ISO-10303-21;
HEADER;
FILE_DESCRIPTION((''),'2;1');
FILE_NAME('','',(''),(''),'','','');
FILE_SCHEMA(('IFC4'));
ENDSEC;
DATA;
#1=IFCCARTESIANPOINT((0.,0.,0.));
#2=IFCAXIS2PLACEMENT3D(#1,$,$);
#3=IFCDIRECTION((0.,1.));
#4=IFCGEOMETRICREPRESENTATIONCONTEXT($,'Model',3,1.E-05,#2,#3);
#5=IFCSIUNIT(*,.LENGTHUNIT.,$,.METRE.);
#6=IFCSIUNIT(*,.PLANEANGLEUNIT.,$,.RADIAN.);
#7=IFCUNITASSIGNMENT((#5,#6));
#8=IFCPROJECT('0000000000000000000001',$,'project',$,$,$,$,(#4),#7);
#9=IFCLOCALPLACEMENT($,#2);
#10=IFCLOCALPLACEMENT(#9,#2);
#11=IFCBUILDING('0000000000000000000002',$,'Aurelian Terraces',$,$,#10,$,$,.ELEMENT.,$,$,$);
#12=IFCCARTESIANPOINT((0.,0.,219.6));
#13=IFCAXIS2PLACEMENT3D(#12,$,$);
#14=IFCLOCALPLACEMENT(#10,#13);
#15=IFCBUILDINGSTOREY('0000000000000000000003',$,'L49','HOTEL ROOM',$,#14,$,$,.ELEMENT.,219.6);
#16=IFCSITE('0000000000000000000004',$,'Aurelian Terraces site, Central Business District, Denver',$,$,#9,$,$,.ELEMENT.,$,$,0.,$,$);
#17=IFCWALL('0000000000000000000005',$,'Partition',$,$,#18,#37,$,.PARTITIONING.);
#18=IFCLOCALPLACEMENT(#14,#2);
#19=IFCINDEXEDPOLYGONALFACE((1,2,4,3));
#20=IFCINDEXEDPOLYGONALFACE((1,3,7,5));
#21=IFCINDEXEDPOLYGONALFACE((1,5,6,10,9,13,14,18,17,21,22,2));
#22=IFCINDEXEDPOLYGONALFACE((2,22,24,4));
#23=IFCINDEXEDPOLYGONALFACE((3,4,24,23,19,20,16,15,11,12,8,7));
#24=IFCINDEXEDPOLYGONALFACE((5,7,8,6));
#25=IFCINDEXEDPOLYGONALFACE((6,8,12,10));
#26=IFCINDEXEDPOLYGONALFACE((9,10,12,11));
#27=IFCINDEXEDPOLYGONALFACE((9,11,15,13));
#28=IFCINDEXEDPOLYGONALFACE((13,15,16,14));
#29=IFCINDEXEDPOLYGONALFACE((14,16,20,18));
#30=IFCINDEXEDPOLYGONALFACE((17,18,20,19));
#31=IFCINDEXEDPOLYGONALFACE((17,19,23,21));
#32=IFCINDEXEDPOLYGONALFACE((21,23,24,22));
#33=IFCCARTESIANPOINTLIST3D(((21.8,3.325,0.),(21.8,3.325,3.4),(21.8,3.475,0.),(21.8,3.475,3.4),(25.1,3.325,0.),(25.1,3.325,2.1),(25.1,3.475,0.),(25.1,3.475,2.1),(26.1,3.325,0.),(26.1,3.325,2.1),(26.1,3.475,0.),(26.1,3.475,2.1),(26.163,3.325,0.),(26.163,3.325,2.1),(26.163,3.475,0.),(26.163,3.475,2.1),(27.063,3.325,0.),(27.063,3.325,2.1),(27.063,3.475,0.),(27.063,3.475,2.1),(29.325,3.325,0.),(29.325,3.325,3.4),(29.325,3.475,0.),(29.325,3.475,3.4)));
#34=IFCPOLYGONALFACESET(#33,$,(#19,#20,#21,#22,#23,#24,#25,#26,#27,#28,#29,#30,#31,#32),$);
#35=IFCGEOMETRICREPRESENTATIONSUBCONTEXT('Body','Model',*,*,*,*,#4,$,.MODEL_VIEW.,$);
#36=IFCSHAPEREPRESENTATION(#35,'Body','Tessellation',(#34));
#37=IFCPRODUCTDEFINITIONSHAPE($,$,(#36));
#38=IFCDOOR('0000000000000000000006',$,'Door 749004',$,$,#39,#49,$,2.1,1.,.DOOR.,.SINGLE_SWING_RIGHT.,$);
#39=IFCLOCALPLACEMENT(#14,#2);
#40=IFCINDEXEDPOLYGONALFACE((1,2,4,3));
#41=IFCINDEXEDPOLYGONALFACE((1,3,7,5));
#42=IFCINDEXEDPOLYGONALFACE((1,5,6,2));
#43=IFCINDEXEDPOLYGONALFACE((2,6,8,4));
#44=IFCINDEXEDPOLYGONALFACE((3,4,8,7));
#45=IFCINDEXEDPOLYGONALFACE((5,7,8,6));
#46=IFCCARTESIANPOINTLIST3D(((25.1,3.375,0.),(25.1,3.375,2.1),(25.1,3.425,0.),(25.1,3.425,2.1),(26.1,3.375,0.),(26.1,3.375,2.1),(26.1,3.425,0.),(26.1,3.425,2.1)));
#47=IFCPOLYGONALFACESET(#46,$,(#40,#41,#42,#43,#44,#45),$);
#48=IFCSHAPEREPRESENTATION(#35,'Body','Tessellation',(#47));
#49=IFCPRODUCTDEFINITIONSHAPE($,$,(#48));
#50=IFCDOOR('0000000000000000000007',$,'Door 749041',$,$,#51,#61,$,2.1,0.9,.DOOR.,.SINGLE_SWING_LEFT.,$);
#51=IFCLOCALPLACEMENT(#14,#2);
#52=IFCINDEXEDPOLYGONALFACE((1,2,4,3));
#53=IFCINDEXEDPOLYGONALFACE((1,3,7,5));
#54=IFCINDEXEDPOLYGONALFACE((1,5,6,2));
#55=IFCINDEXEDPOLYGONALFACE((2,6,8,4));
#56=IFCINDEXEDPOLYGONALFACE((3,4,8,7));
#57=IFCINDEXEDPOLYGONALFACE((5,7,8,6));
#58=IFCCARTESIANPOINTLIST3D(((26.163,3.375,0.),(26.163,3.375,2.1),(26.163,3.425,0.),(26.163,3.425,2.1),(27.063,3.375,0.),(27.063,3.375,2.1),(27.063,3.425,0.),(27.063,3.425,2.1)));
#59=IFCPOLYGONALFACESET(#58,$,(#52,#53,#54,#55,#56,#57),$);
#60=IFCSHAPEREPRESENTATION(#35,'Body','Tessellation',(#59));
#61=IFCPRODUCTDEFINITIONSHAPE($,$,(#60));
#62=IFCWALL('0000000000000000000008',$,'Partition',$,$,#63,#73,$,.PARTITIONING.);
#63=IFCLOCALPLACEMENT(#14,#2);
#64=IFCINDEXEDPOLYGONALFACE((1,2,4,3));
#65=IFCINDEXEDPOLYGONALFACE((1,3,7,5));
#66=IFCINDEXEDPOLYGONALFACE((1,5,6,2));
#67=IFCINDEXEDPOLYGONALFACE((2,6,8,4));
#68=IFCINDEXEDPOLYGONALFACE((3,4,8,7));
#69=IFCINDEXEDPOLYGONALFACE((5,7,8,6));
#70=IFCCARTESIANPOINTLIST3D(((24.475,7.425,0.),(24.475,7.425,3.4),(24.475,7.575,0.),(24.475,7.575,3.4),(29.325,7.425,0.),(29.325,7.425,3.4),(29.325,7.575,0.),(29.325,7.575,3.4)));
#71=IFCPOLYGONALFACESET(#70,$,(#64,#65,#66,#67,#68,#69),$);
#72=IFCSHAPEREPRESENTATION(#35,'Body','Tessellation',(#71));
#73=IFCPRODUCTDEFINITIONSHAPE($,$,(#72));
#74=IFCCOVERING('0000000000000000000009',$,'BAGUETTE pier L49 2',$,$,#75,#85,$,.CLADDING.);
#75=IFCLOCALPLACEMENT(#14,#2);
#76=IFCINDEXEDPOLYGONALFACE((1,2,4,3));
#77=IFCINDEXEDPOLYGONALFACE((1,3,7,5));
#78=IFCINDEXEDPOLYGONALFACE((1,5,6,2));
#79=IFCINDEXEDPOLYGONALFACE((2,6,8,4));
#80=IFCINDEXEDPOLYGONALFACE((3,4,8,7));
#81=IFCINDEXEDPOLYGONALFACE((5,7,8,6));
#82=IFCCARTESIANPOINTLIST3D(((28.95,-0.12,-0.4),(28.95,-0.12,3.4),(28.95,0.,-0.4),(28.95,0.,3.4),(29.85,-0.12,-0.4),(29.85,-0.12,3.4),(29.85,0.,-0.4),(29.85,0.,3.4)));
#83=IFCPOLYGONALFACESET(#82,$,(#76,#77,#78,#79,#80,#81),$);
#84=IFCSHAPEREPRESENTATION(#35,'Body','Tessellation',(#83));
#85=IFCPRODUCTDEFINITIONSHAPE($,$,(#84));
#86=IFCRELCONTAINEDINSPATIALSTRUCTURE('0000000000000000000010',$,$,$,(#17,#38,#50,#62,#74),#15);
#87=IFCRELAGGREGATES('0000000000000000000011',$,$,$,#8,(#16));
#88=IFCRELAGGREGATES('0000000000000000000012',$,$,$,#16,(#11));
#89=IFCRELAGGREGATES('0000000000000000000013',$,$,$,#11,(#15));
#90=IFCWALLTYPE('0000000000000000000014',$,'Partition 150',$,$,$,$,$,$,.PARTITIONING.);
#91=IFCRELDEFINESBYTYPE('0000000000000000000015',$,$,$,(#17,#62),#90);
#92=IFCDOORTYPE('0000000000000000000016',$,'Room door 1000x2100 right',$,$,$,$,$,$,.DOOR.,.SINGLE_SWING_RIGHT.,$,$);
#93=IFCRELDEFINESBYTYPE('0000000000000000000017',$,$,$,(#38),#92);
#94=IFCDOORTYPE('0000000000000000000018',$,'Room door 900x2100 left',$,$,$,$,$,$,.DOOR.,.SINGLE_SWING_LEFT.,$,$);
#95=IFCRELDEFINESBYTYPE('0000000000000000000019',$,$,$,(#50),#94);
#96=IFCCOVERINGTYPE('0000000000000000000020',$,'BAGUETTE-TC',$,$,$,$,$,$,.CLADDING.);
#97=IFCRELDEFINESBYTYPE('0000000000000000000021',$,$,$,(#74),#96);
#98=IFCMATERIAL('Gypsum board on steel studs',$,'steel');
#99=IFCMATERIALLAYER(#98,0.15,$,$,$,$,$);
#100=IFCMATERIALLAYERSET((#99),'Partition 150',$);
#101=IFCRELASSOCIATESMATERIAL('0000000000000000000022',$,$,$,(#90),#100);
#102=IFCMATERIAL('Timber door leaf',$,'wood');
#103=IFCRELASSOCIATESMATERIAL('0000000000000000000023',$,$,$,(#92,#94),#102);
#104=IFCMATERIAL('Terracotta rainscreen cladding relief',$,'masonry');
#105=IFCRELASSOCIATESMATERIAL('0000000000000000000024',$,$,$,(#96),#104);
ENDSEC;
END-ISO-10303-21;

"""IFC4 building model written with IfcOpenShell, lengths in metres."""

from ifc_helpers import new_model, si_unit, direction, frame, frame_2d, origin, origin_2d, place, context, subcontext, project, spatial, rectangle, extrude, source, transform, mapped, material, layer, layer_set, type_object, element, fill, save


model = new_model("IFC4")

# Units and contexts
model_context = context("Model", 3, precision=1e-05, world=origin(), true_north=direction((0.0, 1.0)))
body_context = subcontext(model_context, "Body", "Model", "MODEL_VIEW")
ifc_project = project(units=[si_unit("LENGTHUNIT", "METRE"), si_unit("PLANEANGLEUNIT", "RADIAN")], contexts=[model_context])

# Site, building, storey
site_placement = place(None, origin())
site = spatial("IfcSite", under=ifc_project, at=site_placement, Name="Aurelian Terraces site, Central Business District, Denver", CompositionType="ELEMENT", RefElevation=0.0)
building_placement = place(site_placement, origin())
building = spatial("IfcBuilding", under=site, at=building_placement, Name="Aurelian Terraces", CompositionType="ELEMENT")
storey_placement = place(building_placement, frame((0.0, 0.0, 219.6)))
storey = spatial("IfcBuildingStorey", under=building, at=storey_placement, Name="L49", Description="HOTEL ROOM", CompositionType="ELEMENT", Elevation=219.6)

# Shared definitions
ifc_material_1 = material(Name="Timber door leaf", Category="wood")
shared_shape_1 = source(origin(), body_context, "Body", "SweptSolid", [
    extrude(rectangle(XDim=1.0, YDim=2.1, at=frame_2d((0.5, 1.05))), frame((0.0, 0.025, 0.0), z_axis=(0.0, -1.0, 0.0), x_axis=(1.0, 0.0, 0.0)), (0.0, 0.0, 1.0), 0.05),
])

# Shared definitions
ifc_material_2 = material(Name="Gypsum board on steel studs", Category="steel")
ifc_layer_1 = layer(ifc_material_2, 0.15)
ifc_layer_set_1 = layer_set([ifc_layer_1], Name="Partition 150")
wall_type_1 = type_object("IfcWallType", Name="Partition 150", PredefinedType="PARTITIONING", material=ifc_layer_set_1)

# Wall, openings, doors
shared_shape_2 = source(origin(), body_context, "Body", "SweptSolid", [
    extrude(rectangle(XDim=7.525, YDim=0.15, at=frame_2d((3.7625, 0.0))), origin(), (0.0, 0.0, 1.0), 3.4),
])
wall_1_placement = place(storey_placement, frame((21.8, 3.4, 0.0), z_axis=(0.0, 0.0, 1.0), x_axis=(1.0, 0.0, 0.0)))
wall_1 = element("IfcWall", 1, at=wall_1_placement, inside=storey, type_object=wall_type_1, Name="Partition", PredefinedType="PARTITIONING", context=body_context, shape_type="MappedRepresentation", body=[
    mapped(shared_shape_2, transform((0.0, 0.0, 0.0), scale=1.0)),
])
shared_shape_3 = source(origin(), body_context, "Body", "SweptSolid", [
    extrude(rectangle(XDim=1.0, YDim=2.1, at=frame_2d((0.5, 1.05))), frame((0.0, 0.085, 0.0), z_axis=(0.0, -1.0, 0.0), x_axis=(1.0, 0.0, 0.0)), (0.0, 0.0, 1.0), 0.17),
])
opening_1_placement = place(wall_1_placement, frame((3.3, 0.0, 0.0)))
opening_1 = element("IfcOpeningElement", 2, at=opening_1_placement, cuts=wall_1, PredefinedType="OPENING", context=body_context, shape_type="MappedRepresentation", body=[
    mapped(shared_shape_3, transform((0.0, 0.0, 0.0), scale=1.0)),
])
shared_shape_4 = source(origin(), body_context, "Body", "SweptSolid", [
    extrude(rectangle(XDim=0.9, YDim=2.1, at=frame_2d((0.45, 1.05))), frame((0.0, 0.085, 0.0), z_axis=(0.0, -1.0, 0.0), x_axis=(1.0, 0.0, 0.0)), (0.0, 0.0, 1.0), 0.17),
])
opening_2_placement = place(wall_1_placement, frame((4.363, 0.0, 0.0)))
opening_2 = element("IfcOpeningElement", 3, at=opening_2_placement, cuts=wall_1, PredefinedType="OPENING", context=body_context, shape_type="MappedRepresentation", body=[
    mapped(shared_shape_4, transform((0.0, 0.0, 0.0), scale=1.0)),
])
door_type_1 = type_object("IfcDoorType", Name="Room door 1000x2100 right", OperationType="SINGLE_SWING_RIGHT", PredefinedType="DOOR", material=ifc_material_1)
door_1_placement = place(opening_1_placement, origin())
door_1 = element("IfcDoor", 4, at=door_1_placement, inside=storey, type_object=door_type_1, Name="Door 749004", OperationType="SINGLE_SWING_RIGHT", OverallHeight=2.1, OverallWidth=1.0, PredefinedType="DOOR", context=body_context, shape_type="MappedRepresentation", body=[
    mapped(shared_shape_1, transform((0.0, 0.0, 0.0), scale=1.0)),
])
fill(opening_1, door_1)
door_type_2 = type_object("IfcDoorType", Name="Room door 900x2100 left", OperationType="SINGLE_SWING_LEFT", PredefinedType="DOOR", material=ifc_material_1)
shared_shape_5 = source(origin(), body_context, "Body", "SweptSolid", [
    extrude(rectangle(XDim=0.9, YDim=2.1, at=frame_2d((0.45, 1.05))), frame((0.0, 0.025, 0.0), z_axis=(0.0, -1.0, 0.0), x_axis=(1.0, 0.0, 0.0)), (0.0, 0.0, 1.0), 0.05),
])
door_2_placement = place(opening_2_placement, origin())
door_2 = element("IfcDoor", 5, at=door_2_placement, inside=storey, type_object=door_type_2, Name="Door 749041", OperationType="SINGLE_SWING_LEFT", OverallHeight=2.1, OverallWidth=0.9, PredefinedType="DOOR", context=body_context, shape_type="MappedRepresentation", body=[
    mapped(shared_shape_5, transform((0.0, 0.0, 0.0), scale=1.0)),
])
fill(opening_2, door_2)

# Wall
shared_shape_6 = source(origin(), body_context, "Body", "SweptSolid", [
    extrude(rectangle(XDim=4.85, YDim=0.15, at=frame_2d((2.425, 0.0))), origin(), (0.0, 0.0, 1.0), 3.4),
])
wall_2_placement = place(storey_placement, frame((29.325, 7.5, 0.0), z_axis=(0.0, 0.0, 1.0), x_axis=(-1.0, 0.0, 0.0)))
element("IfcWall", 6, at=wall_2_placement, inside=storey, type_object=wall_type_1, Name="Partition", PredefinedType="PARTITIONING", context=body_context, shape_type="MappedRepresentation", body=[
    mapped(shared_shape_6, transform((0.0, 0.0, 0.0), scale=1.0)),
])

# Covering
ifc_material_3 = material(Name="Terracotta rainscreen cladding relief", Category="masonry")
covering_type = type_object("IfcCoveringType", Name="BAGUETTE-TC", PredefinedType="CLADDING", material=ifc_material_3)
shared_shape_7 = source(origin(), body_context, "Body", "SweptSolid", [
    extrude(rectangle(XDim=0.9, YDim=0.12, at=origin_2d()), origin(), (0.0, 0.0, 1.0), 3.8),
])
covering_placement = place(storey_placement, frame((29.4, -0.06, -0.4), z_axis=(0.0, 0.0, 1.0), x_axis=(1.0, 0.0, 0.0)))
element("IfcCovering", 7, at=covering_placement, inside=storey, type_object=covering_type, Name="BAGUETTE pier L49 2", PredefinedType="CLADDING", context=body_context, shape_type="MappedRepresentation", body=[
    mapped(shared_shape_7, transform((0.0, 0.0, 0.0), scale=1.0)),
])

save(model, "model.ifc")
